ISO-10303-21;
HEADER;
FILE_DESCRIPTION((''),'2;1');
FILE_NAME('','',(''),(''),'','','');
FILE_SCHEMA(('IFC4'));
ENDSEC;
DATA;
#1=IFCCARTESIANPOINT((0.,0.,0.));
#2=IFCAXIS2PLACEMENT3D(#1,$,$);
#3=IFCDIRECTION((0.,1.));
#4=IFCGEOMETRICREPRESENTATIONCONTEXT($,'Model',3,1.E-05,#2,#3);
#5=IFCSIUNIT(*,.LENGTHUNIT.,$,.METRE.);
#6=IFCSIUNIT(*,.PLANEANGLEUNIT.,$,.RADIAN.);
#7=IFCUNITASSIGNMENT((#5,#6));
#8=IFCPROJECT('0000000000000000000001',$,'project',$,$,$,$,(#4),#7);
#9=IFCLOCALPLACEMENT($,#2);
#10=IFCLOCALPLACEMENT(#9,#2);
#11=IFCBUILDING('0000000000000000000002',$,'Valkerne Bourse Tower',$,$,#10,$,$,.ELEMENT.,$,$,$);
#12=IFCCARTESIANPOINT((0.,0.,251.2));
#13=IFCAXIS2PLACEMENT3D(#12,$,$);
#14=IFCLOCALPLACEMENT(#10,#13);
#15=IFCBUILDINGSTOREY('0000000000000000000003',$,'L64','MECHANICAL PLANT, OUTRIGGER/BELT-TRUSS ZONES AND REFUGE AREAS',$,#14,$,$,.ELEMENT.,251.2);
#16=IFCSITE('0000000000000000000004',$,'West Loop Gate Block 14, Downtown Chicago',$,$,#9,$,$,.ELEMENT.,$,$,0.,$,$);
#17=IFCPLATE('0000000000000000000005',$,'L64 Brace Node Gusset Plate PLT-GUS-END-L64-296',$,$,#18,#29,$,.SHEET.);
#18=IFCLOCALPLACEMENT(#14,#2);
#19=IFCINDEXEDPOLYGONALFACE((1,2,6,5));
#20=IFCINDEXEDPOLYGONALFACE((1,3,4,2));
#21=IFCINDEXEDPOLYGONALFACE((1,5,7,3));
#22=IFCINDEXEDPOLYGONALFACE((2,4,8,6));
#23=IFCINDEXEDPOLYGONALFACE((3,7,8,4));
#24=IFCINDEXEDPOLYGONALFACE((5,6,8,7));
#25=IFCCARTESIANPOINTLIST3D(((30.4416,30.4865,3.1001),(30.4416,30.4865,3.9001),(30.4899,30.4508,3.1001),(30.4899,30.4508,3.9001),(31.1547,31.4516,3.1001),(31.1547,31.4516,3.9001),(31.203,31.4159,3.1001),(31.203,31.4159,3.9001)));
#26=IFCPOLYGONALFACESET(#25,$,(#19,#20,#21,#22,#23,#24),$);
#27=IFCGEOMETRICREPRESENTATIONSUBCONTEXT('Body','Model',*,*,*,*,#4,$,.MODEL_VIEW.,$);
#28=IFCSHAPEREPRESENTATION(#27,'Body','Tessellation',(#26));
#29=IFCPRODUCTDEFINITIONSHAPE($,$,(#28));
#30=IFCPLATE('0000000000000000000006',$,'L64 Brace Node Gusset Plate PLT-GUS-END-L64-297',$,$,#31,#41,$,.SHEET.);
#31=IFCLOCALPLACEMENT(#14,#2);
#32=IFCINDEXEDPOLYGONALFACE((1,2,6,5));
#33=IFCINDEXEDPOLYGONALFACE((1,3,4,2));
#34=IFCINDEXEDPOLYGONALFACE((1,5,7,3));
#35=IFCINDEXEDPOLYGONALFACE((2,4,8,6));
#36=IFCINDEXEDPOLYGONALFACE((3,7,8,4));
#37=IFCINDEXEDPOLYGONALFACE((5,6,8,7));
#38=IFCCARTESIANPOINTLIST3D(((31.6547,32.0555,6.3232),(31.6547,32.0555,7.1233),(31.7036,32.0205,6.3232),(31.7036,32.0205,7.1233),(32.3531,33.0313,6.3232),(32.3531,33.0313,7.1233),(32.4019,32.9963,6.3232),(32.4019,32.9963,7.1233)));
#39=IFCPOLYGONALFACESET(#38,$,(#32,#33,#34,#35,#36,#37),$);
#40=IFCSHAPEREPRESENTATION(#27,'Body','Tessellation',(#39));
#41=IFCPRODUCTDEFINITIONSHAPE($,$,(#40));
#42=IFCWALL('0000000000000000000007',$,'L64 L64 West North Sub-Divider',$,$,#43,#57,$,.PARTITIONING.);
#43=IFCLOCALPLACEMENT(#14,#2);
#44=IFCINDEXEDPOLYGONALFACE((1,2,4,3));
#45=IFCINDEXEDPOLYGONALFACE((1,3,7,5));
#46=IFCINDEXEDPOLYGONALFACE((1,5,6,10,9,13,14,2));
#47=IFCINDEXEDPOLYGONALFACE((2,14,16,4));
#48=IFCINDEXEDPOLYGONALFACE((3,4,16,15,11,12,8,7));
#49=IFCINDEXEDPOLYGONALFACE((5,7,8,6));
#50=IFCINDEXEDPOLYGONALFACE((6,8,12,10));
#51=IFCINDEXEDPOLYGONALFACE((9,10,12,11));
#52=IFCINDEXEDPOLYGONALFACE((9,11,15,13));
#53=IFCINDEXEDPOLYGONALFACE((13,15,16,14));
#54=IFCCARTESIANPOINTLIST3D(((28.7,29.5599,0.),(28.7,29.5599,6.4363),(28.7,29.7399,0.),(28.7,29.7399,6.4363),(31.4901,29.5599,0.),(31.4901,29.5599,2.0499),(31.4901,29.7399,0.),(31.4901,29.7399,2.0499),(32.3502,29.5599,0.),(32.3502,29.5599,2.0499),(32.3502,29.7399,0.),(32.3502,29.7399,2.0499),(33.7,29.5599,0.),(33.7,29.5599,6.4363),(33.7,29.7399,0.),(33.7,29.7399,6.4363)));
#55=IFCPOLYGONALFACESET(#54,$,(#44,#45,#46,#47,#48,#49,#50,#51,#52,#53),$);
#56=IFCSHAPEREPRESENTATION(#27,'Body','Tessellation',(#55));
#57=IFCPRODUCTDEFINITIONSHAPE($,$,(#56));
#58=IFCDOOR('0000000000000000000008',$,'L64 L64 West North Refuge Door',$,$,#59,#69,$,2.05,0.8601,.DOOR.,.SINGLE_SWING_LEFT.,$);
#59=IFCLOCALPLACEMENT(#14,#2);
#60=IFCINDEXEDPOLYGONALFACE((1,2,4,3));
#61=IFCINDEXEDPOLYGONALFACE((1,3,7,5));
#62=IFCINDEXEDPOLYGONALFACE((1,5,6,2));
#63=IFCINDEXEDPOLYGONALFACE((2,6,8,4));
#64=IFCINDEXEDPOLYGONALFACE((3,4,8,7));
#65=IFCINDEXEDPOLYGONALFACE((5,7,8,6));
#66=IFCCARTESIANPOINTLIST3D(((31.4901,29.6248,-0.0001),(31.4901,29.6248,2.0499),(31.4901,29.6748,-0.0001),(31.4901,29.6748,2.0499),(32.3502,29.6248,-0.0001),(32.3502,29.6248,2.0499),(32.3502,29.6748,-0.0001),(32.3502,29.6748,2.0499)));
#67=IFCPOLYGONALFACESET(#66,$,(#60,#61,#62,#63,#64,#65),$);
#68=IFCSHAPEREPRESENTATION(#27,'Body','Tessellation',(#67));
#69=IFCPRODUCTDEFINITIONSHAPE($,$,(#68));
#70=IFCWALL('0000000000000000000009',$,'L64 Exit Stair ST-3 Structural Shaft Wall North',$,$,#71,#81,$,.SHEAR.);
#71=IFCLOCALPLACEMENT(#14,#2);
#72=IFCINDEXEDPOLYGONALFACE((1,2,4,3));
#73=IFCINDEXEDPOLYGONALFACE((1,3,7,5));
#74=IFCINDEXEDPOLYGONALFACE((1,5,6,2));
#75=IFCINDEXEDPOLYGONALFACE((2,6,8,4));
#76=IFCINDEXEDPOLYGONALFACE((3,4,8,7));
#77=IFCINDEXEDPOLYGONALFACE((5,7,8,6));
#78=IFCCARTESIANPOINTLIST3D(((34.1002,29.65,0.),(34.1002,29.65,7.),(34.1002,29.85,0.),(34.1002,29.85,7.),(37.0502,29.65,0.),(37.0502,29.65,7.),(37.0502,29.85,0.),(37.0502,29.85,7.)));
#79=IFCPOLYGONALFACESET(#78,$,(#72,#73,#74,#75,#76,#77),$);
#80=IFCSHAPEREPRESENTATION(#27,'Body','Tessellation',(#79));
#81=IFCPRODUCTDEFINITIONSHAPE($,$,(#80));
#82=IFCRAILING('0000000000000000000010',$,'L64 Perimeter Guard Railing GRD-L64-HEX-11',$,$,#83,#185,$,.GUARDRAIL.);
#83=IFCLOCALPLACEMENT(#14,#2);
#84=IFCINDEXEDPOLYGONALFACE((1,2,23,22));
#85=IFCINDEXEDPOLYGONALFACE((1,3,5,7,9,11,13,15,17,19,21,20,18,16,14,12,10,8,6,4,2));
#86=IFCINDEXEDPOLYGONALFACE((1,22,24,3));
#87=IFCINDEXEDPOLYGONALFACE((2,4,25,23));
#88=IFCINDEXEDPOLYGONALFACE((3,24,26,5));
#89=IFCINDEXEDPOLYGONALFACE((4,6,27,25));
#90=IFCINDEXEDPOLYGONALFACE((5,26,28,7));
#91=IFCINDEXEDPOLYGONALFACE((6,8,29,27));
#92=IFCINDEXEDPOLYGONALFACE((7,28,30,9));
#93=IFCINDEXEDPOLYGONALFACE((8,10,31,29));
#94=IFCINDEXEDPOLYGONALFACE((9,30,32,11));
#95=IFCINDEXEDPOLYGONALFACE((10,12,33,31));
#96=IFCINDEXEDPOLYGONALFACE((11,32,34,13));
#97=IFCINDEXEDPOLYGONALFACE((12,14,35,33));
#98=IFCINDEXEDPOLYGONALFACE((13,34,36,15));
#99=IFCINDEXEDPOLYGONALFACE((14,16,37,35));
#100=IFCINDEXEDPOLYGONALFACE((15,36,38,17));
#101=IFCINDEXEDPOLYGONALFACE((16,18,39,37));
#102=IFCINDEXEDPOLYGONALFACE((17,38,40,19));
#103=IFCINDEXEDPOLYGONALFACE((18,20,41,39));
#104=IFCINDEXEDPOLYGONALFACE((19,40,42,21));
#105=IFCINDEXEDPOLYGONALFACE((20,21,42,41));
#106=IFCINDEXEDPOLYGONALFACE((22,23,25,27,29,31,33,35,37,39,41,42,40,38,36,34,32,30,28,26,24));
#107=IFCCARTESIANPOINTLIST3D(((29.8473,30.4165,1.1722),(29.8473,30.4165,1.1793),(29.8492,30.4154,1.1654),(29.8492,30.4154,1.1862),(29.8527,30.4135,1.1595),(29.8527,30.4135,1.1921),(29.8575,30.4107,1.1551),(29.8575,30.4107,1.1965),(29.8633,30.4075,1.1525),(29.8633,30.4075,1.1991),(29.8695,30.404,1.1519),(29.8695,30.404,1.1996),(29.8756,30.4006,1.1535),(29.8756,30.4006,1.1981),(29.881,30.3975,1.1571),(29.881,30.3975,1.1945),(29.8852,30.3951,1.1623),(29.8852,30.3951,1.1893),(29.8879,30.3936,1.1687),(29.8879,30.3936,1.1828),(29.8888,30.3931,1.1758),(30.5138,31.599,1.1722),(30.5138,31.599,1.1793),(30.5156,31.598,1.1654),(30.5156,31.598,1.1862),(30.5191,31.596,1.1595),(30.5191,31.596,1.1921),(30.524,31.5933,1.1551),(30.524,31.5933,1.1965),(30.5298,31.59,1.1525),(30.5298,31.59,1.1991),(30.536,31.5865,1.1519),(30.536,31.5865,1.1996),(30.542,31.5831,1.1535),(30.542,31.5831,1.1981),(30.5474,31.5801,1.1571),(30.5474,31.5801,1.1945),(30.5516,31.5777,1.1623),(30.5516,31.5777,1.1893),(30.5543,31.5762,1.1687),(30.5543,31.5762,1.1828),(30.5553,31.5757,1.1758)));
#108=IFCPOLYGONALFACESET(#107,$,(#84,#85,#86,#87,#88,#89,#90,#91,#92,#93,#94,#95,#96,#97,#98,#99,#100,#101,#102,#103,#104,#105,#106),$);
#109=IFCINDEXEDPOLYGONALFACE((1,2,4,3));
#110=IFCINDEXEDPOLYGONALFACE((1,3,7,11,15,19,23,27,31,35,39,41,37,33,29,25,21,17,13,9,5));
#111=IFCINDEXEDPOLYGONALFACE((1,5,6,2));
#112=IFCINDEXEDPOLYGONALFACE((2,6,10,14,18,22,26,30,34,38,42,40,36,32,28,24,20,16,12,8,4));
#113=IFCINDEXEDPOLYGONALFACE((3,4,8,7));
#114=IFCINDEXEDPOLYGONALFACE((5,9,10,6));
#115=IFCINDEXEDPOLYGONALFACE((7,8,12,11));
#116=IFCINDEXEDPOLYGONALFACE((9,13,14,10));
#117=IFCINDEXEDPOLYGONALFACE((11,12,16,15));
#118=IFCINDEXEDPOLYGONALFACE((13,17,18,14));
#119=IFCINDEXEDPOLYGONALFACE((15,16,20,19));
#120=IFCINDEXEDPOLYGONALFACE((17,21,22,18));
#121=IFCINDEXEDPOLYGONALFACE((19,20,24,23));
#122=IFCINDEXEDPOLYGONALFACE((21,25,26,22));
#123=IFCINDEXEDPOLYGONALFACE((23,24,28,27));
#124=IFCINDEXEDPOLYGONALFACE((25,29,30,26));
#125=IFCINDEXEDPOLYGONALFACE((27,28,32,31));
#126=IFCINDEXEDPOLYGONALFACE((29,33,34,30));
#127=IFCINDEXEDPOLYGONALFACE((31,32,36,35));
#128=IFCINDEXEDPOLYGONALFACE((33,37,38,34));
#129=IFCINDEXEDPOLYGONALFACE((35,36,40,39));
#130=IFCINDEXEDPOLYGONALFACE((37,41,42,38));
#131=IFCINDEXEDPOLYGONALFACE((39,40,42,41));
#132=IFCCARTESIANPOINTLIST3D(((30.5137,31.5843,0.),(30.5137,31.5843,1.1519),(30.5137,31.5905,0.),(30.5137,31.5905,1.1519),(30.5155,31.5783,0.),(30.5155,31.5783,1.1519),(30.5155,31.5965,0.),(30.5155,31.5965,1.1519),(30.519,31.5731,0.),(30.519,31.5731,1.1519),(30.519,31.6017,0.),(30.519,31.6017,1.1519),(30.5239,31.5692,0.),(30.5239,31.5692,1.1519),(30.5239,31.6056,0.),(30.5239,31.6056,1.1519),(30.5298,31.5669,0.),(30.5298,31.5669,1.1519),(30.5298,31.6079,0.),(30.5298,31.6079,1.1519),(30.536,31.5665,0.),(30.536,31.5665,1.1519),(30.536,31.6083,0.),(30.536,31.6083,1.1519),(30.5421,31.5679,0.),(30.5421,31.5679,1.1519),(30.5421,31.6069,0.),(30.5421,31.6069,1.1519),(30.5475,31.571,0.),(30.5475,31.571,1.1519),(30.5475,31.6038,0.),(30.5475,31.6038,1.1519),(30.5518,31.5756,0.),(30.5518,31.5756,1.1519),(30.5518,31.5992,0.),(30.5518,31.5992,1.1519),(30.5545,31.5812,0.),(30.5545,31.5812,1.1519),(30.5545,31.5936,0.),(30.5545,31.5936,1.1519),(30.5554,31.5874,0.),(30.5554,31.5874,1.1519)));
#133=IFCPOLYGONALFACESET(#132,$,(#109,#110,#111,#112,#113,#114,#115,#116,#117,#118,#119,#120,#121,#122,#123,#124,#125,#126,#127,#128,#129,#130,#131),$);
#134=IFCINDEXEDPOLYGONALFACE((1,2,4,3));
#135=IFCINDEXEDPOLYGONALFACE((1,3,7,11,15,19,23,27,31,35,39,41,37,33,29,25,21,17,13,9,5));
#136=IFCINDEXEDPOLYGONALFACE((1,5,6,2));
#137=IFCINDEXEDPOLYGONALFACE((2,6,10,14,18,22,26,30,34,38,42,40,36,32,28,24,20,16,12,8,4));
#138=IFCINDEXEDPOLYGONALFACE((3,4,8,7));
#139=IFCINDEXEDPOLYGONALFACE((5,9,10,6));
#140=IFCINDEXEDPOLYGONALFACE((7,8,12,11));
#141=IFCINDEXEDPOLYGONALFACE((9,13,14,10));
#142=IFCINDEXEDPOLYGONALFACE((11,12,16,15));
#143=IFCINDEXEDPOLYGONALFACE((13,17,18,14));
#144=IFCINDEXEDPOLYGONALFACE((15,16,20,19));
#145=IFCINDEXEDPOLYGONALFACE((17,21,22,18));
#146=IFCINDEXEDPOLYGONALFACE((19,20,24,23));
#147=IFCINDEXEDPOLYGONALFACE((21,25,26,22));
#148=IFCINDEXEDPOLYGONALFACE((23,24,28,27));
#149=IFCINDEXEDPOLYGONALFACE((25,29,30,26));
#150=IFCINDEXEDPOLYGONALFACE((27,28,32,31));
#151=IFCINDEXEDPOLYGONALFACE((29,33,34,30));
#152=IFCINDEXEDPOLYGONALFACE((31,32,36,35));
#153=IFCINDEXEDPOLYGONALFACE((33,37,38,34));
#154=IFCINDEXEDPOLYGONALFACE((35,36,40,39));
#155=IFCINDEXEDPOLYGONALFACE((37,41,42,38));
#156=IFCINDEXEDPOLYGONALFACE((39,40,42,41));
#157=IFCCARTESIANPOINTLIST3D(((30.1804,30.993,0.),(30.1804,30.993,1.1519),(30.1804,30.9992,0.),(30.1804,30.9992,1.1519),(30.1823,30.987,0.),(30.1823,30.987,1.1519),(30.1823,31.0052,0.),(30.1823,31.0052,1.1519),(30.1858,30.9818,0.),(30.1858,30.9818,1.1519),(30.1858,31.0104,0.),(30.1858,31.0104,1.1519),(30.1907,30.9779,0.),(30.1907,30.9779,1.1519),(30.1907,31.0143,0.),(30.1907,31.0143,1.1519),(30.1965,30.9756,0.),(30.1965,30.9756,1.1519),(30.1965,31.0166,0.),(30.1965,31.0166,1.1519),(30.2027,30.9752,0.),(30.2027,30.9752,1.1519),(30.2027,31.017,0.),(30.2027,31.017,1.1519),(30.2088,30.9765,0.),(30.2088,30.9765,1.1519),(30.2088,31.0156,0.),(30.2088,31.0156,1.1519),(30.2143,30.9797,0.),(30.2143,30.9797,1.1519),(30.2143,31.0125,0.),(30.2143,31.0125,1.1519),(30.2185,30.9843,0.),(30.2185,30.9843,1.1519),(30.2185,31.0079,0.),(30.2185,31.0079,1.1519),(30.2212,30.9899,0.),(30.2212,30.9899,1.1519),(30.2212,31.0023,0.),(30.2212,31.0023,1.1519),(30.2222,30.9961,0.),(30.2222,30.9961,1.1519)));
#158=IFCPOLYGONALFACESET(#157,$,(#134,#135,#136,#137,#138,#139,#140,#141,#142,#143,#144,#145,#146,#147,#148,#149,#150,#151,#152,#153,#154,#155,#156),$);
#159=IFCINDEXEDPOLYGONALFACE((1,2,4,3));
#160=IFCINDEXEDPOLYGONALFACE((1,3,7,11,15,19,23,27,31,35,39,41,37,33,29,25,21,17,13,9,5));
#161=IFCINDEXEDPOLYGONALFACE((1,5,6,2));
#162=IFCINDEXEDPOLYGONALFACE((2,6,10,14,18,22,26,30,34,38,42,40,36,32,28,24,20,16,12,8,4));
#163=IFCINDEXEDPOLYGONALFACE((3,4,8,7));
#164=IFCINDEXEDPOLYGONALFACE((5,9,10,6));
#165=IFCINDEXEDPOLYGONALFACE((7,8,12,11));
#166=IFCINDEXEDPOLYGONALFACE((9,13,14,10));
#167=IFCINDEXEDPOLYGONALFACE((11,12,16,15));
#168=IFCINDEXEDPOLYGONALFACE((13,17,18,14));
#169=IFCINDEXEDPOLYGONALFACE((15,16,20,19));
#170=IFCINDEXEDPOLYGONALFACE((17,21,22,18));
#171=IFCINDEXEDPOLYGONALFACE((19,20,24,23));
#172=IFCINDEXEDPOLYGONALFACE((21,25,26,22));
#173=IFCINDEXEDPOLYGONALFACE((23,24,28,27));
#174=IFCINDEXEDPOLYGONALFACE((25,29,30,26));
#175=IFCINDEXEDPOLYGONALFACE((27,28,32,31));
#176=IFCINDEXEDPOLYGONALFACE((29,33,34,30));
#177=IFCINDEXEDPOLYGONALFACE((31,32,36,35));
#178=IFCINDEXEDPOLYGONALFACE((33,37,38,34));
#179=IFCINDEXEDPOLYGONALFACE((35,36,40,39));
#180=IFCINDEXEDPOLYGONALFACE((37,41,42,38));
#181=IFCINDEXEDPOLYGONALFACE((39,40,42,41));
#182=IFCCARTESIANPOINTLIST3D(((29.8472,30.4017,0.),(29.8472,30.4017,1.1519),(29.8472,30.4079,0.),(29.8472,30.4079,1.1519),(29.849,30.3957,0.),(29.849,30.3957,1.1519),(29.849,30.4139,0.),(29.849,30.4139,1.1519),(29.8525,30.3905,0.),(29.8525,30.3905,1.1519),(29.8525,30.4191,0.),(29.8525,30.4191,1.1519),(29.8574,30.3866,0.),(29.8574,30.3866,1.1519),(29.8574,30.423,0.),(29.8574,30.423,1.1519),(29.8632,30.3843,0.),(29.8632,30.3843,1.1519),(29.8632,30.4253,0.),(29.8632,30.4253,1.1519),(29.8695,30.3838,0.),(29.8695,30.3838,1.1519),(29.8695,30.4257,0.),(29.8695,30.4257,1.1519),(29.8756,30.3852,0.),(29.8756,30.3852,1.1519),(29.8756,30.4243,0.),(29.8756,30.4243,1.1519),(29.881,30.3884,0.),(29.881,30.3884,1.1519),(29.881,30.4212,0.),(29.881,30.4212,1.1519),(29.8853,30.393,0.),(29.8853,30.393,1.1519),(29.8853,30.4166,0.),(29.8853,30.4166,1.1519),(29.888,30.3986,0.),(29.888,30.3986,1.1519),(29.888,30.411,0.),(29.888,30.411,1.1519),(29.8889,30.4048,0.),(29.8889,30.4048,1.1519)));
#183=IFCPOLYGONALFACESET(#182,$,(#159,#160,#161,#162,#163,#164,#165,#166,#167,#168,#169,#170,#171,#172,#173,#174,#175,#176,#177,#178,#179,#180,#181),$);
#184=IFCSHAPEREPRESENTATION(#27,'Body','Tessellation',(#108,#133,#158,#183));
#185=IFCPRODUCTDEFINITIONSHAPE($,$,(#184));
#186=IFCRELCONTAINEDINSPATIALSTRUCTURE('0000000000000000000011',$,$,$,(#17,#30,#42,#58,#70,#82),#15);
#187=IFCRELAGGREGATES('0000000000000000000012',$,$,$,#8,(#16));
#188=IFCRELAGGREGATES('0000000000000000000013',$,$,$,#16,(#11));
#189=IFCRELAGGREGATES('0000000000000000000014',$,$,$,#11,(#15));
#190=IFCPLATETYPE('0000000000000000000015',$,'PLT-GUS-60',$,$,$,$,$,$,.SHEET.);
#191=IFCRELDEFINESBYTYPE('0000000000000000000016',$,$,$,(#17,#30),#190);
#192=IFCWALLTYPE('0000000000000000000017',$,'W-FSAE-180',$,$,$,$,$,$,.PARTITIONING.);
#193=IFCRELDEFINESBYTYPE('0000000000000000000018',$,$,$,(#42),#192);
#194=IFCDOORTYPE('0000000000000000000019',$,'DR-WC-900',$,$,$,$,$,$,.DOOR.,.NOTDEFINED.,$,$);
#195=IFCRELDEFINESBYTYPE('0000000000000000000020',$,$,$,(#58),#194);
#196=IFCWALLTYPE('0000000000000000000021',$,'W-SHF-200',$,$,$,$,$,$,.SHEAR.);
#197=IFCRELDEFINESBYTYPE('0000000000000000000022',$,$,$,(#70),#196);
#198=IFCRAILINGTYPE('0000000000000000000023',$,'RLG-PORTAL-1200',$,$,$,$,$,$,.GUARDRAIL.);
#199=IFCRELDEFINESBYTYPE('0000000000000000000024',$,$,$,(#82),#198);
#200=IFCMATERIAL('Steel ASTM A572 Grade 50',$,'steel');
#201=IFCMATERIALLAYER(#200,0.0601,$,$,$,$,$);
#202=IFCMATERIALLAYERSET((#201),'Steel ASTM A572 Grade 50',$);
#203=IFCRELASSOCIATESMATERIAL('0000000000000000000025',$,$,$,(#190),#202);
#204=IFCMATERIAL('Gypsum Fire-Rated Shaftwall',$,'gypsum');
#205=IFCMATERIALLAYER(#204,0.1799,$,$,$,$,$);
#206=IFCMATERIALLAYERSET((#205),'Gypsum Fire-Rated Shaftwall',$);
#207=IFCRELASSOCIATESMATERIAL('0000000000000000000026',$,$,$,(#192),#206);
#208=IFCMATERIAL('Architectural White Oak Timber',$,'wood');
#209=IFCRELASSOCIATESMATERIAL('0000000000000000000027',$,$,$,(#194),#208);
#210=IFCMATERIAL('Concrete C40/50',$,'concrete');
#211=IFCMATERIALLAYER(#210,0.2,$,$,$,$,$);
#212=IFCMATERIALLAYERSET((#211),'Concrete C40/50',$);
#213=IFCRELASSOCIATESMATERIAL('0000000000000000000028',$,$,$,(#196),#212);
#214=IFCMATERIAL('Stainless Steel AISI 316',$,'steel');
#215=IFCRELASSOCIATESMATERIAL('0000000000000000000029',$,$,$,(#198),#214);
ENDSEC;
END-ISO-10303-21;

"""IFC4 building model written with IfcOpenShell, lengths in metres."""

from ifc_helpers import new_model, si_unit, direction, frame, frame_2d, origin, origin_2d, place, context, subcontext, project, spatial, rectangle, circle, extrude, material, layer, layer_set, type_object, element, fill, save


model = new_model("IFC4")

# Units and contexts
model_context = context("Model", 3, precision=1e-05, world=origin(), true_north=direction((0.0, 1.0)))
body_context = subcontext(model_context, "Body", "Model", "MODEL_VIEW")
ifc_project = project(units=[si_unit("LENGTHUNIT", "METRE"), si_unit("PLANEANGLEUNIT", "RADIAN")], contexts=[model_context])

# Site, building, storey
site_placement = place(None, origin())
site = spatial("IfcSite", under=ifc_project, at=site_placement, Name="West Loop Gate Block 14, Downtown Chicago", CompositionType="ELEMENT", RefElevation=0.0)
building_placement = place(site_placement, origin())
building = spatial("IfcBuilding", under=site, at=building_placement, Name="Valkerne Bourse Tower", CompositionType="ELEMENT")
storey_placement = place(building_placement, frame((0.0, 0.0, 251.2)))
storey = spatial("IfcBuildingStorey", under=building, at=storey_placement, Name="L64", Description="MECHANICAL PLANT, OUTRIGGER/BELT-TRUSS ZONES AND REFUGE AREAS", CompositionType="ELEMENT", Elevation=251.2)

# Plates
ifc_material_1 = material(Name="Steel ASTM A572 Grade 50", Category="steel")
ifc_layer_1 = layer(ifc_material_1, 0.0601)
ifc_layer_set_1 = layer_set([ifc_layer_1], Name="Steel ASTM A572 Grade 50")
plate_type = type_object("IfcPlateType", Name="PLT-GUS-60", PredefinedType="SHEET", material=ifc_layer_set_1)
for number, where, z_axis, x_axis, name in (
    (1, (30.8223, 30.9512, 3.1001), (0.0, 0.0, 1.0), (-0.594261, -0.804272, 0.0), "L64 Brace Node Gusset Plate PLT-GUS-END-L64-296"),
    (2, (32.0283, 32.5259, 6.3232), (0.0, 0.0, 1.0), (-0.581981, -0.813202, 0.0), "L64 Brace Node Gusset Plate PLT-GUS-END-L64-297"),
):
    element("IfcPlate", number, at=place(storey_placement, frame(where, z_axis=z_axis, x_axis=x_axis)), inside=storey, type_object=plate_type, Name=name, PredefinedType="SHEET", context=body_context, shape_type="SweptSolid", body=[
        extrude(rectangle(XDim=1.2, YDim=0.0601, at=origin_2d()), origin(), (0.0, 0.0, 1.0), 0.8),
    ])

# Wall, opening, door
ifc_material_2 = material(Name="Gypsum Fire-Rated Shaftwall", Category="gypsum")
ifc_layer_2 = layer(ifc_material_2, 0.1799)
ifc_layer_set_2 = layer_set([ifc_layer_2], Name="Gypsum Fire-Rated Shaftwall")
wall_type_1 = type_object("IfcWallType", Name="W-FSAE-180", PredefinedType="PARTITIONING", material=ifc_layer_set_2)
wall_1_placement = place(storey_placement, frame((28.7, 29.6499, 0.0), z_axis=(0.0, 0.0, 1.0), x_axis=(1.0, 0.0, 0.0)))
wall_1 = element("IfcWall", 3, at=wall_1_placement, inside=storey, type_object=wall_type_1, Name="L64 L64 West North Sub-Divider", PredefinedType="PARTITIONING", context=body_context, shape_type="SweptSolid", body=[
    extrude(rectangle(XDim=5.0, YDim=0.1799, at=frame_2d((2.5, 0.0))), origin(), (0.0, 0.0, 1.0), 6.4363),
])
opening_placement = place(wall_1_placement, frame((2.79, 0.0, 0.0)))
opening = element("IfcOpeningElement", 4, at=opening_placement, cuts=wall_1, PredefinedType="OPENING", context=body_context, shape_type="SweptSolid", body=[
    extrude(rectangle(XDim=0.8601, YDim=2.05, at=frame_2d((0.4302, 1.0249))), frame((0.0, 0.0999, 0.0), z_axis=(0.0, -1.0, 0.0), x_axis=(1.0, 0.0, 0.0)), (0.0, 0.0, 1.0), 0.2),
])
ifc_material_3 = material(Name="Architectural White Oak Timber", Category="wood")
door_type = type_object("IfcDoorType", Name="DR-WC-900", OperationType="NOTDEFINED", PredefinedType="DOOR", material=ifc_material_3)
door_placement = place(opening_placement, origin())
door = element("IfcDoor", 5, at=door_placement, inside=storey, type_object=door_type, Name="L64 L64 West North Refuge Door", OperationType="SINGLE_SWING_LEFT", OverallHeight=2.05, OverallWidth=0.8601, PredefinedType="DOOR", context=body_context, shape_type="SweptSolid", body=[
    extrude(rectangle(XDim=0.8601, YDim=2.05, at=frame_2d((0.4302, 1.0249))), frame((0.0, 0.0249, 0.0), z_axis=(0.0, -1.0, 0.0), x_axis=(1.0, 0.0, 0.0)), (0.0, 0.0, 1.0), 0.05),
])
fill(opening, door)

# Wall
ifc_material_4 = material(Name="Concrete C40/50", Category="concrete")
ifc_layer_3 = layer(ifc_material_4, 0.2)
ifc_layer_set_3 = layer_set([ifc_layer_3], Name="Concrete C40/50")
wall_type_2 = type_object("IfcWallType", Name="W-SHF-200", PredefinedType="SHEAR", material=ifc_layer_set_3)
wall_2_placement = place(storey_placement, frame((34.1001, 29.75, 0.0), z_axis=(0.0, 0.0, 1.0), x_axis=(1.0, 0.0, 0.0)))
element("IfcWall", 6, at=wall_2_placement, inside=storey, type_object=wall_type_2, Name="L64 Exit Stair ST-3 Structural Shaft Wall North", PredefinedType="SHEAR", context=body_context, shape_type="SweptSolid", body=[
    extrude(rectangle(XDim=2.95, YDim=0.2, at=frame_2d((1.4751, 0.0))), origin(), (0.0, 0.0, 1.0), 7.0),
])

# Railing
ifc_material_5 = material(Name="Stainless Steel AISI 316", Category="steel")
railing_type_1 = type_object("IfcRailingType", Name="RLG-PORTAL-1200", PredefinedType="GUARDRAIL", material=ifc_material_5)
railing_1_placement = place(storey_placement, frame((30.5344, 31.5874, 0.0)))
element("IfcRailing", 7, at=railing_1_placement, inside=storey, type_object=railing_type_1, Name="L64 Perimeter Guard Railing GRD-L64-HEX-11", PredefinedType="GUARDRAIL", context=body_context, shape_type="SweptSolid", body=[
    extrude(circle(Radius=0.0239, at=origin_2d()), frame((0.0, 0.0, 1.1758), z_axis=(-0.490978, -0.871172, 0.0), x_axis=(0.871172, -0.490978, 0.0)), (0.0, 0.0, 1.0), 1.3574),
    extrude(circle(Radius=0.021, at=origin_2d()), origin(), (0.0, 0.0, 1.0), 1.1519),
    extrude(circle(Radius=0.021, at=origin_2d()), frame((-0.3333, -0.5913, 0.0)), (0.0, 0.0, 1.0), 1.1519),
    extrude(circle(Radius=0.021, at=origin_2d()), frame((-0.6665, -1.1826, 0.0)), (0.0, 0.0, 1.0), 1.1519),
])

save(model, "model.ifc")
